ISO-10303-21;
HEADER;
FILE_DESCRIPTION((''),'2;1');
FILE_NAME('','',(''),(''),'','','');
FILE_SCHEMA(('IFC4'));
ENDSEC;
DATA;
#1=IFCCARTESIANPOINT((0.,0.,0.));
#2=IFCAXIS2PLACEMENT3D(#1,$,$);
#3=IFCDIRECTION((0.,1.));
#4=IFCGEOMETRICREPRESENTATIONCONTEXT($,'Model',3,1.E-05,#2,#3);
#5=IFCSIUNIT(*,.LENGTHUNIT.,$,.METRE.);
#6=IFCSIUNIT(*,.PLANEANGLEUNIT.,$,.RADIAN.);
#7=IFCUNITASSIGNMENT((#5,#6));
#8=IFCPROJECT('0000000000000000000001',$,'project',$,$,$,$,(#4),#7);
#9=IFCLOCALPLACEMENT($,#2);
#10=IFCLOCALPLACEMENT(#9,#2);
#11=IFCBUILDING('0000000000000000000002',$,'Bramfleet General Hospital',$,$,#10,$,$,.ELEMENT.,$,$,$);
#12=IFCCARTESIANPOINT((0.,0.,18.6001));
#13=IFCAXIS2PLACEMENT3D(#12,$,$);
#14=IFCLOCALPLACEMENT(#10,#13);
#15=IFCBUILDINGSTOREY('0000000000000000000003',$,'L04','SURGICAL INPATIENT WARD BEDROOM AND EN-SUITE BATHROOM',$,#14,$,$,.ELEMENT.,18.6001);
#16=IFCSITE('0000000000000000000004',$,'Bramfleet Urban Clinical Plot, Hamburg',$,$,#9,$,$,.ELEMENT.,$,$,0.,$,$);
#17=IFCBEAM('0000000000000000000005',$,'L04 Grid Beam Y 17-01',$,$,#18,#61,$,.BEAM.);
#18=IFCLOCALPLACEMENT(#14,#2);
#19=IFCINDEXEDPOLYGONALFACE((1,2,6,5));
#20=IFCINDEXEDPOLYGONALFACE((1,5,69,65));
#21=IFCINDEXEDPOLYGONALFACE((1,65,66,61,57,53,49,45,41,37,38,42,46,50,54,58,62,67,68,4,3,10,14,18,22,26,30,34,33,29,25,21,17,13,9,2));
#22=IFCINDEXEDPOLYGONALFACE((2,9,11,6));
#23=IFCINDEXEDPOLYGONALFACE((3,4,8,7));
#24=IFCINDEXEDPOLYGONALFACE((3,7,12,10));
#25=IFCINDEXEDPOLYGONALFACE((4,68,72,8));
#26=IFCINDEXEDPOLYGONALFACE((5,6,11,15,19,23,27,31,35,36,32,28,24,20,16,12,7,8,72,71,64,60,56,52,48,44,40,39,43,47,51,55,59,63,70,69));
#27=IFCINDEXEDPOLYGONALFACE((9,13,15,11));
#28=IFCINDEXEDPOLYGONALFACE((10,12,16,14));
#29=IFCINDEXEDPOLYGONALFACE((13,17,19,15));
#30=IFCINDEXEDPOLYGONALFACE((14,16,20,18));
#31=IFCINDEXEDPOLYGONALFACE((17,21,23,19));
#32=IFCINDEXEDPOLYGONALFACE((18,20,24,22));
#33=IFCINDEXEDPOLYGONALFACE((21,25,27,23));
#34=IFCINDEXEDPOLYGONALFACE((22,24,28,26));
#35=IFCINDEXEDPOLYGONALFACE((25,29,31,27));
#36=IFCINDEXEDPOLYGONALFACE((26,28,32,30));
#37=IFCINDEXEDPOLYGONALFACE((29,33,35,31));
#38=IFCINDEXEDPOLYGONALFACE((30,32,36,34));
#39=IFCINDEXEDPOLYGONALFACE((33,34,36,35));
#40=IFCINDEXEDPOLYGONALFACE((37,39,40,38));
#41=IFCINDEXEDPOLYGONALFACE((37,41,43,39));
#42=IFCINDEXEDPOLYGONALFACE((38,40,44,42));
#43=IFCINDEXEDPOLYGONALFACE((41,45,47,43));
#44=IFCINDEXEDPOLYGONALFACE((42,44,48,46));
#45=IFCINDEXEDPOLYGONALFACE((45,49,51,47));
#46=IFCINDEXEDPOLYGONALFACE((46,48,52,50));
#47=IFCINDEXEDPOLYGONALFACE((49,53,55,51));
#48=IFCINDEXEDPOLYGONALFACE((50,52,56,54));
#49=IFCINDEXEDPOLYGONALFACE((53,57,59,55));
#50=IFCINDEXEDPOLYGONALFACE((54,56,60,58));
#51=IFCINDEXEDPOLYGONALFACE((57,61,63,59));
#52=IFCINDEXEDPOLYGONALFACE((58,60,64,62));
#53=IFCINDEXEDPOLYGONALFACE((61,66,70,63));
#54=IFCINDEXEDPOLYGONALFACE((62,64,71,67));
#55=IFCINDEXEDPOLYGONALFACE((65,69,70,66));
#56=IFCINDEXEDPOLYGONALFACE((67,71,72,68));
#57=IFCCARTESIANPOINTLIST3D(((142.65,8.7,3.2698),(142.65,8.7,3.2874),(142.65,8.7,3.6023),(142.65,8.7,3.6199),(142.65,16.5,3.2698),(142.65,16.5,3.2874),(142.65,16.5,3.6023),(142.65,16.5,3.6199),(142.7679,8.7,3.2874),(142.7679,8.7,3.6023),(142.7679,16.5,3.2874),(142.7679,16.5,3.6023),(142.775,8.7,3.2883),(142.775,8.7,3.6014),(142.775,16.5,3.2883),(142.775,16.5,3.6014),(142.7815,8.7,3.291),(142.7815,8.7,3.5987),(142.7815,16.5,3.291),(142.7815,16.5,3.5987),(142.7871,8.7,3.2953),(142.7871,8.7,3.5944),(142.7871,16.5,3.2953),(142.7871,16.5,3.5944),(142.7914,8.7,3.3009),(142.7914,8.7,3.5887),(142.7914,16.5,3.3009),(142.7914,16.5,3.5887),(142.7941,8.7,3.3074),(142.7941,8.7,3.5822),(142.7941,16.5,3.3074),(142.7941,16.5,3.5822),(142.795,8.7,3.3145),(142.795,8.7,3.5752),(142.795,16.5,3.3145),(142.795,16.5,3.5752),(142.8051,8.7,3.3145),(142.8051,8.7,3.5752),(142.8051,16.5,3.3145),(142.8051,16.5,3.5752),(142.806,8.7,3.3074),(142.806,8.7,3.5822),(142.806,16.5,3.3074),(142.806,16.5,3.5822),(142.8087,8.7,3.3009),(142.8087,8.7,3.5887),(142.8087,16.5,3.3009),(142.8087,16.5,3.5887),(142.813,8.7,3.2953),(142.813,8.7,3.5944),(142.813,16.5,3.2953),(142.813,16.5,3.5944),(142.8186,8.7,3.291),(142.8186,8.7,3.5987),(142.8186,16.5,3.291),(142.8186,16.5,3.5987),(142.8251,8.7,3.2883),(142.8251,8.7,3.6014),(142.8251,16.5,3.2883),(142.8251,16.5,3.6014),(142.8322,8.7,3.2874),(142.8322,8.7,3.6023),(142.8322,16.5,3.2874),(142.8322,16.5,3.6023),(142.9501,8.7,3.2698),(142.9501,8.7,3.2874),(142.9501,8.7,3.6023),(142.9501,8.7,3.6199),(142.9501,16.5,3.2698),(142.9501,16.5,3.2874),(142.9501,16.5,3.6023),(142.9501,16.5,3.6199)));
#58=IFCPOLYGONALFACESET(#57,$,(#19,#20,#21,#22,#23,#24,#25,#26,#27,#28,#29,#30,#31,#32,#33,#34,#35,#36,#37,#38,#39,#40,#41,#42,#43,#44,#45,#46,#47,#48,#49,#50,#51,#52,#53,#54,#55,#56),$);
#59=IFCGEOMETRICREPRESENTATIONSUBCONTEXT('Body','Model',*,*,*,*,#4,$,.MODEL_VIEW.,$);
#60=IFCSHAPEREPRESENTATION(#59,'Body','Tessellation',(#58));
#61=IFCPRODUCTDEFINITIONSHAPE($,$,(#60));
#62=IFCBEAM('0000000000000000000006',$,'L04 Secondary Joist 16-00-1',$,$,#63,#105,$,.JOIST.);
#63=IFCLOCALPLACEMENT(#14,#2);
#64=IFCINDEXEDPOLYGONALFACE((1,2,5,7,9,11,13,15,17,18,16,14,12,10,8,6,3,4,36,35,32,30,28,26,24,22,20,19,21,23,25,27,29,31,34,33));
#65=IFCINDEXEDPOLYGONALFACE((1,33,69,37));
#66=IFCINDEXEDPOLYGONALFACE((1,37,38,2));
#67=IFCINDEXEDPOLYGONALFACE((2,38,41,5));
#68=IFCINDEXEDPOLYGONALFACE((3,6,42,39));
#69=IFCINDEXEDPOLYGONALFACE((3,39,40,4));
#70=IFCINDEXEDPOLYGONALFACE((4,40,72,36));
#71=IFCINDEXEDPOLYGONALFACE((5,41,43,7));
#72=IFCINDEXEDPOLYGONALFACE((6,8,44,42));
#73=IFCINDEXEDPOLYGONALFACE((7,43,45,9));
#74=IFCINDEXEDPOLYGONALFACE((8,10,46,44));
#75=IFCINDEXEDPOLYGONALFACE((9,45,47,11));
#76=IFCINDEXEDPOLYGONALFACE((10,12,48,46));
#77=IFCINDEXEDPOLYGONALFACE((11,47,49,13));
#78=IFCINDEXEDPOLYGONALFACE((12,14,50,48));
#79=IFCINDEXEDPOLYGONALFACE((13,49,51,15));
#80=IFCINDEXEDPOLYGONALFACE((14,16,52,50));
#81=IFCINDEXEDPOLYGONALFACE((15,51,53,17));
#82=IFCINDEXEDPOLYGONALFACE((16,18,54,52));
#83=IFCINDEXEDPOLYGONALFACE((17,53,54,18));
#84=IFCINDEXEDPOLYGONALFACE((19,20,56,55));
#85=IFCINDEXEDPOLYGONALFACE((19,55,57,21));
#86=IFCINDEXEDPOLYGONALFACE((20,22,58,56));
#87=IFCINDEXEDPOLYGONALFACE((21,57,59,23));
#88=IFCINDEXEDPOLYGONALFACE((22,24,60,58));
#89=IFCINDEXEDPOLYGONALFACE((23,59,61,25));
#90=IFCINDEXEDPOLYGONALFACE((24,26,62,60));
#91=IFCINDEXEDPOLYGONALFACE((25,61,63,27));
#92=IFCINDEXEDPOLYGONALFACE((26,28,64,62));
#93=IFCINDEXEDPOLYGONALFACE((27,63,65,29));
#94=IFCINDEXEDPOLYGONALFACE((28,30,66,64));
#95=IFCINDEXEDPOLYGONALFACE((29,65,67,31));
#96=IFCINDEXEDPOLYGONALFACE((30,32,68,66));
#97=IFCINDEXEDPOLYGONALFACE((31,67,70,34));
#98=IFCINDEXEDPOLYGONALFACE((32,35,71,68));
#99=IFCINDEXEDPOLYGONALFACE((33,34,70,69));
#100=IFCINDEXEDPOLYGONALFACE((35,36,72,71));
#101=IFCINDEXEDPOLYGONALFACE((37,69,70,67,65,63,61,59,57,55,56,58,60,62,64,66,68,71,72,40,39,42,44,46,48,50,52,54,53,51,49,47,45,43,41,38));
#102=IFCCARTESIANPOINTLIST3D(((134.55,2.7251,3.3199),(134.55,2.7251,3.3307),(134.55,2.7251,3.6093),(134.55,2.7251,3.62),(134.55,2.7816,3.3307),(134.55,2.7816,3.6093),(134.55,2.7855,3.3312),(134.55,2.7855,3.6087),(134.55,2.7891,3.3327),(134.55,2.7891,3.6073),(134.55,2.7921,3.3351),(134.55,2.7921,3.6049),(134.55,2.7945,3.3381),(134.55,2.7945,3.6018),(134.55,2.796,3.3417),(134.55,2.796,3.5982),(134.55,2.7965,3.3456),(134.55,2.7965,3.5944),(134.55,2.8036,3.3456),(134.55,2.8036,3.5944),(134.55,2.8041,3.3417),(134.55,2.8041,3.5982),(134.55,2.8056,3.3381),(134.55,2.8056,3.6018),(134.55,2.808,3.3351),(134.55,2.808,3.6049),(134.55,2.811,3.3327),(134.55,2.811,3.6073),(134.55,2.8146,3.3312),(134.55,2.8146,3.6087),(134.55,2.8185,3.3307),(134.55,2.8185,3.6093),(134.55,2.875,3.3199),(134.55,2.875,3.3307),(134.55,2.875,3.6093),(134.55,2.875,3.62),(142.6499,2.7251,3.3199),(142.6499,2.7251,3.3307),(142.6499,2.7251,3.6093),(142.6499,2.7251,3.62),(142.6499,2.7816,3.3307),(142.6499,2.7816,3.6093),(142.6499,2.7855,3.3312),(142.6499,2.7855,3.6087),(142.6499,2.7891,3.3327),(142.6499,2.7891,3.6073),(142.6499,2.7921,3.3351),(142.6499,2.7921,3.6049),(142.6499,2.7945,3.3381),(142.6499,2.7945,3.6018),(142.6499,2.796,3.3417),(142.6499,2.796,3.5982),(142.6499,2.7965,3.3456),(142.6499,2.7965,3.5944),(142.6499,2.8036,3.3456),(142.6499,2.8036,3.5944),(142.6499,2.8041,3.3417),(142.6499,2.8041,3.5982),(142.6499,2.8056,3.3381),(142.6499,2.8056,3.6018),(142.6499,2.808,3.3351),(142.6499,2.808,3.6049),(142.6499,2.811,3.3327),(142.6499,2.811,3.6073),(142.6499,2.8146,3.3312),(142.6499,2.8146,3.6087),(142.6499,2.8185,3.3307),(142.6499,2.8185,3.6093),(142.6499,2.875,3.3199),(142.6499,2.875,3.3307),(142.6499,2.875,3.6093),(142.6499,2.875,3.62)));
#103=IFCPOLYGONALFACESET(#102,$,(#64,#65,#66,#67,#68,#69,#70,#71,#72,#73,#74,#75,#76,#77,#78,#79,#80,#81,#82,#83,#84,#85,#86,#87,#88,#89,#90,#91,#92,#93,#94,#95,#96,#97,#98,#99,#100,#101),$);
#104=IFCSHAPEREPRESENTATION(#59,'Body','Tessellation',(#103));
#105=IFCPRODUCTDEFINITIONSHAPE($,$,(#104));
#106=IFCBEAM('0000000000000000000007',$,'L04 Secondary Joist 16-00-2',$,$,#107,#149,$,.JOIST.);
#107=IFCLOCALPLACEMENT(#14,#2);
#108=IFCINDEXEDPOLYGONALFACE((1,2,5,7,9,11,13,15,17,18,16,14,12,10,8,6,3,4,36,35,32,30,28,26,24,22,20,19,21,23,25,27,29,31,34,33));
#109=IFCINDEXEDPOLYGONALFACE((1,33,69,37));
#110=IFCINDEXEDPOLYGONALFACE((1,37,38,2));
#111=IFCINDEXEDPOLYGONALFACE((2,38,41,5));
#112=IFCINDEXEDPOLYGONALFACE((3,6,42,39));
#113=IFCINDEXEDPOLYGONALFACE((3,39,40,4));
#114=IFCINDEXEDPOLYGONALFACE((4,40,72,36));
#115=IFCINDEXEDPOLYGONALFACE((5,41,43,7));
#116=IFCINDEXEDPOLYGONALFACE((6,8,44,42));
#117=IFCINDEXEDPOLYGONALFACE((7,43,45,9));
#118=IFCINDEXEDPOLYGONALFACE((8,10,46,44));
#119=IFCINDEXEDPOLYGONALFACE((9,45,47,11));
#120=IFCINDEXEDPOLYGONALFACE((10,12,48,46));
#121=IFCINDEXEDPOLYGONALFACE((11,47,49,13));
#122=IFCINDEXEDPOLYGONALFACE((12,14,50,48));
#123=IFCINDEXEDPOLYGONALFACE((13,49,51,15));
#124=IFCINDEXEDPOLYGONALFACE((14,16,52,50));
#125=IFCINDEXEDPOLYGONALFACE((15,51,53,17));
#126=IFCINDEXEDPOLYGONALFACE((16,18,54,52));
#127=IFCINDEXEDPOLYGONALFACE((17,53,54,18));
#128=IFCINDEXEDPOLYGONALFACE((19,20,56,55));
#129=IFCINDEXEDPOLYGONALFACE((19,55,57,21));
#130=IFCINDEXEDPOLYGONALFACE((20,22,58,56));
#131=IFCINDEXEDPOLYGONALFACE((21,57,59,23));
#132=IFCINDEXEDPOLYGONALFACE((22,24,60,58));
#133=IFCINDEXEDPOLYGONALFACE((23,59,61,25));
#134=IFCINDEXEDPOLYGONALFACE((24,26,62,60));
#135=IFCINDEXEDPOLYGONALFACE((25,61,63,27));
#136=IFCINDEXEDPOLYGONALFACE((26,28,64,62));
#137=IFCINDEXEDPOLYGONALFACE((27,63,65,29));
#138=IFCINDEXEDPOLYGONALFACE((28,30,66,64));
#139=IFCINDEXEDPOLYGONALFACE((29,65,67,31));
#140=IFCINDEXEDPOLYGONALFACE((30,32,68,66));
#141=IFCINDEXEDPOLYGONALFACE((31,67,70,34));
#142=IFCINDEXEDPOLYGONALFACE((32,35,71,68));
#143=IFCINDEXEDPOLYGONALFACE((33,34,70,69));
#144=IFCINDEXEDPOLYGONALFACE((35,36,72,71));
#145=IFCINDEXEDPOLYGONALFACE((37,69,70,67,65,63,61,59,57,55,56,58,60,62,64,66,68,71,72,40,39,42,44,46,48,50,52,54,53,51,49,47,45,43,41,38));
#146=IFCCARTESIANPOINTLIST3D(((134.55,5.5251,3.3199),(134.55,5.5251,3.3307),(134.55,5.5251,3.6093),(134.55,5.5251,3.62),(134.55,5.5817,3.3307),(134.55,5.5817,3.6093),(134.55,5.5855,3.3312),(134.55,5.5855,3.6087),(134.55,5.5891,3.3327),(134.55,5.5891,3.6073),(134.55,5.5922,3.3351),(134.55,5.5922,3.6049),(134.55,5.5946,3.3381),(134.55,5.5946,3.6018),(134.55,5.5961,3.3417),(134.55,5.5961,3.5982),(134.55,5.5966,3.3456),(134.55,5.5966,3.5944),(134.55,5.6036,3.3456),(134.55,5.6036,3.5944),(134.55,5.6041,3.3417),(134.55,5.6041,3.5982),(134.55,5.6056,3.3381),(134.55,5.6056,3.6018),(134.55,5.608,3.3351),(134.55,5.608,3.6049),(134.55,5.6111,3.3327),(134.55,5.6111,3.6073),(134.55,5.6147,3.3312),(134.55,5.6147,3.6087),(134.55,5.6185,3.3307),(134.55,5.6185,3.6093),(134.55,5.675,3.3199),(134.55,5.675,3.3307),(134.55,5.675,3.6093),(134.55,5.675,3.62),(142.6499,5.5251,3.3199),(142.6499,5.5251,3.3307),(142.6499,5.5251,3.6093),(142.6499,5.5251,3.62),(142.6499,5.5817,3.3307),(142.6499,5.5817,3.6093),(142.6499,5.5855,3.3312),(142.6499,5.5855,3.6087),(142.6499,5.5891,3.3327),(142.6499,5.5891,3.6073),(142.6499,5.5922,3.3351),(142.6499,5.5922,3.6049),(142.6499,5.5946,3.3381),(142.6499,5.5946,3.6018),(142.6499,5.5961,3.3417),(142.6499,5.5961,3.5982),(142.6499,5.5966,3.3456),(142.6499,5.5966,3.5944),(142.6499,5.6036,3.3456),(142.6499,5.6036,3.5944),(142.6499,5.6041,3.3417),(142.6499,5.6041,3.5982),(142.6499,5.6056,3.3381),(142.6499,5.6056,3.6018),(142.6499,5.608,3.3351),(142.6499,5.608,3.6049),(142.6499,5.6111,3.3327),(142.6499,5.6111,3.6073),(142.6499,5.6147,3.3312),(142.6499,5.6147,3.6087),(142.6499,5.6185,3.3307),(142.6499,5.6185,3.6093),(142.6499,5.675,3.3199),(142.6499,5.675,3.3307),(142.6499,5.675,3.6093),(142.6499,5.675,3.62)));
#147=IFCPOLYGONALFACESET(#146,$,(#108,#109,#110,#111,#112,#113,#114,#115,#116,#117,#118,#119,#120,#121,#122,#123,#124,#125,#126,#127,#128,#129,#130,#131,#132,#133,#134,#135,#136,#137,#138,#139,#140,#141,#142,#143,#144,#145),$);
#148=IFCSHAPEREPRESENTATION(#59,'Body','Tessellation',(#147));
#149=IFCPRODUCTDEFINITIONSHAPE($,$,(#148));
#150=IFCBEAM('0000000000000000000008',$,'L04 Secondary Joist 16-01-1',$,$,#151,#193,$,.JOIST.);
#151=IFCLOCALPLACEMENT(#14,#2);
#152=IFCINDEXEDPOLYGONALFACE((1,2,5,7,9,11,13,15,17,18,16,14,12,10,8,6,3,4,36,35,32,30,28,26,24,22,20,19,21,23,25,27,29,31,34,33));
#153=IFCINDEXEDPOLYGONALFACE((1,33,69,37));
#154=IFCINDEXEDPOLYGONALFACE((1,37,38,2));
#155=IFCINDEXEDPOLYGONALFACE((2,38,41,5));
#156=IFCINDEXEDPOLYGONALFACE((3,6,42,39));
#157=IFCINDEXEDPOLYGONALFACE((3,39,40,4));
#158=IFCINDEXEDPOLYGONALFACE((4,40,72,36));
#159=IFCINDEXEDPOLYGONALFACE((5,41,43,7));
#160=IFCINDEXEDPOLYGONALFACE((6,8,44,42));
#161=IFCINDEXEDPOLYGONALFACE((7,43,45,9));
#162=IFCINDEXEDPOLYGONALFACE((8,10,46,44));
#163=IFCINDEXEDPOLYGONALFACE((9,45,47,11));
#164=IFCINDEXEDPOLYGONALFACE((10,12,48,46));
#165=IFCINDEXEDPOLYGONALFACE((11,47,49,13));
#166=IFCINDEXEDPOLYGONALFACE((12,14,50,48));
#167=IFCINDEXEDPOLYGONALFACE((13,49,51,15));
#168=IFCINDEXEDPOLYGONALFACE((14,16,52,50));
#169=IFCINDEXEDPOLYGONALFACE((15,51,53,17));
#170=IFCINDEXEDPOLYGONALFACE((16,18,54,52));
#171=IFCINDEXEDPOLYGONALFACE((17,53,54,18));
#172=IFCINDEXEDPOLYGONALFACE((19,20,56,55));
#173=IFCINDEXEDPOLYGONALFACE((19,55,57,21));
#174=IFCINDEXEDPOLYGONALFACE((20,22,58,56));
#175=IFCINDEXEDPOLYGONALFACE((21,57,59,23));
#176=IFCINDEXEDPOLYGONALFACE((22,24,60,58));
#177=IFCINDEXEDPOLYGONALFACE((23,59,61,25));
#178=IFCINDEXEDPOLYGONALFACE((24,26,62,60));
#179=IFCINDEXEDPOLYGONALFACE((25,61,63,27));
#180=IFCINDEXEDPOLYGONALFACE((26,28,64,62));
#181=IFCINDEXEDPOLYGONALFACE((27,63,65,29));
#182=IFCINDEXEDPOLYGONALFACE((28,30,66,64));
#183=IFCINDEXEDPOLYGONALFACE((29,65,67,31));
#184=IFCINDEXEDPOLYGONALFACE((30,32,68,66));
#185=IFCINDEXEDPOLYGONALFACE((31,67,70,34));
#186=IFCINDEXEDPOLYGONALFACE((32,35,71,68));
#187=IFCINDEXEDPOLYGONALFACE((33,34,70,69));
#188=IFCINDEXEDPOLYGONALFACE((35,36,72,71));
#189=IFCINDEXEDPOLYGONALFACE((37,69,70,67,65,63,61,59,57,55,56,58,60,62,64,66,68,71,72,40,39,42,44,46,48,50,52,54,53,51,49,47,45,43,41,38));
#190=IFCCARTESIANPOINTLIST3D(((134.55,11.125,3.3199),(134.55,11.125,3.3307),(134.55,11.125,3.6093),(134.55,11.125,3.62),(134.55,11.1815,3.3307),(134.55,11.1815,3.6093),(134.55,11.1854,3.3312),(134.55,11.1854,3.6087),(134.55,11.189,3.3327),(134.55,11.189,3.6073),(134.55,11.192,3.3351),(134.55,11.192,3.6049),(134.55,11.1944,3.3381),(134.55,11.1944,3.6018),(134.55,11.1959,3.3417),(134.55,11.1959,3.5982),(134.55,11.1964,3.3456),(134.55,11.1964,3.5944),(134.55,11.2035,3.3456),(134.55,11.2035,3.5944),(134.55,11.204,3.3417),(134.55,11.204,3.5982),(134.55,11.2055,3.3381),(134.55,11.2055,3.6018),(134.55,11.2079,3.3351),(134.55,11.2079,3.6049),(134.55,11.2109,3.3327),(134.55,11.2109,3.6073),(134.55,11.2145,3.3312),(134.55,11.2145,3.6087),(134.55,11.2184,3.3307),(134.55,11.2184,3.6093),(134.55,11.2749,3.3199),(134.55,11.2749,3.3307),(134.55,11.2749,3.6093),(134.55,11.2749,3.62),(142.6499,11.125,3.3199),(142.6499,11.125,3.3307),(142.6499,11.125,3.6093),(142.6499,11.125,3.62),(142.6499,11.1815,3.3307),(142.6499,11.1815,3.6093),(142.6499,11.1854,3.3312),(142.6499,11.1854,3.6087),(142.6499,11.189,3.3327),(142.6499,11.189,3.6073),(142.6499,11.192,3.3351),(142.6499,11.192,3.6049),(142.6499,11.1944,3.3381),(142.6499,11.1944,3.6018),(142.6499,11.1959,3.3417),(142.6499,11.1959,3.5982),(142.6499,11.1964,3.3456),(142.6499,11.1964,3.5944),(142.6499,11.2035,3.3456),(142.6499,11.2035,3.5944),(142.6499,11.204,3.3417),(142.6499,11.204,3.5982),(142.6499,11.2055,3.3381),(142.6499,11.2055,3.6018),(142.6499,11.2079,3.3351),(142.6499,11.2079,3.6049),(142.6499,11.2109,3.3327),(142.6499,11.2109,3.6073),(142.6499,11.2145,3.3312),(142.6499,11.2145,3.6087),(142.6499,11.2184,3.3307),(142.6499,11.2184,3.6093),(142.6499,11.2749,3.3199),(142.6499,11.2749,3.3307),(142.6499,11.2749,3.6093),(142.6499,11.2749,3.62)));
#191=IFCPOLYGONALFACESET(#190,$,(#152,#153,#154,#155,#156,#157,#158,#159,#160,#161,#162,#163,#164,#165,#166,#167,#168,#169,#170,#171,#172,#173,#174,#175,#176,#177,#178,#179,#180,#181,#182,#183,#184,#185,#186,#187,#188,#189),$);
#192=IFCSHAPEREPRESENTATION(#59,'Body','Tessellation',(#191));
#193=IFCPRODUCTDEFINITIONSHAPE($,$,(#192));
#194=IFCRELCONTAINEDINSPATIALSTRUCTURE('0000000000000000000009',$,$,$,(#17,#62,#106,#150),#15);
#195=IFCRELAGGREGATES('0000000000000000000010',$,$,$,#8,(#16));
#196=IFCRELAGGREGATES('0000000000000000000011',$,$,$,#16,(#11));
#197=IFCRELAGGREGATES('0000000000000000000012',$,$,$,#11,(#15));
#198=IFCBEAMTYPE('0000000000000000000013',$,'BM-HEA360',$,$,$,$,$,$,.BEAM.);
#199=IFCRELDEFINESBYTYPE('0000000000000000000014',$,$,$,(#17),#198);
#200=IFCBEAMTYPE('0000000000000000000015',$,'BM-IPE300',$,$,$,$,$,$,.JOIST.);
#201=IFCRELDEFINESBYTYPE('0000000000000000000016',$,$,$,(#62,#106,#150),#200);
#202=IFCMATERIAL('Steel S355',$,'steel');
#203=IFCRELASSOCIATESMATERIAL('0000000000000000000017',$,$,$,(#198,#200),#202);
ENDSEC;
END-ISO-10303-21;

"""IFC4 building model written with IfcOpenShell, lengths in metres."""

from ifc_helpers import new_model, si_unit, direction, frame, origin, origin_2d, place, context, subcontext, project, spatial, i_section, extrude, material, material_profile, profile_set, type_object, element, save


model = new_model("IFC4")

# Units and contexts
model_context = context("Model", 3, precision=1e-05, world=origin(), true_north=direction((0.0, 1.0)))
body_context = subcontext(model_context, "Body", "Model", "MODEL_VIEW")
ifc_project = project(units=[si_unit("LENGTHUNIT", "METRE"), si_unit("PLANEANGLEUNIT", "RADIAN")], contexts=[model_context])

# Site, building, storey
site_placement = place(None, origin())
site = spatial("IfcSite", under=ifc_project, at=site_placement, Name="Bramfleet Urban Clinical Plot, Hamburg", CompositionType="ELEMENT", RefElevation=0.0)
building_placement = place(site_placement, origin())
building = spatial("IfcBuilding", under=site, at=building_placement, Name="Bramfleet General Hospital", CompositionType="ELEMENT")
storey_placement = place(building_placement, frame((0.0, 0.0, 18.6001)))
storey = spatial("IfcBuildingStorey", under=building, at=storey_placement, Name="L04", Description="SURGICAL INPATIENT WARD BEDROOM AND EN-SUITE BATHROOM", CompositionType="ELEMENT", Elevation=18.6001)

# Beams
ifc_material_1 = material(Name="Steel S355", Category="steel")
ifc_material_profile_1 = material_profile(ifc_material_1, i_section(OverallWidth=0.3, OverallDepth=0.3501, WebThickness=0.01, FlangeThickness=0.0176, FilletRadius=0.0271, at=origin_2d()), Name="HEA 360")
ifc_profile_set_1 = profile_set([ifc_material_profile_1], Name="Steel S355")
beam_type_1 = type_object("IfcBeamType", Name="BM-HEA360", PredefinedType="BEAM", material=ifc_profile_set_1)
for number, where, z_axis, x_axis, name in (
    (1, (142.8, 8.7, 3.4448), (0.0, 1.0, 0.0), (-1.0, 0.0, 0.0), "L04 Grid Beam Y 17-01"),
):
    element("IfcBeam", number, at=place(storey_placement, frame(where, z_axis=z_axis, x_axis=x_axis)), inside=storey, type_object=beam_type_1, Name=name, PredefinedType="BEAM", context=body_context, shape_type="SweptSolid", body=[
        extrude(i_section(OverallWidth=0.3, OverallDepth=0.3501, WebThickness=0.01, FlangeThickness=0.0176, FilletRadius=0.0271, at=origin_2d()), origin(), (0.0, 0.0, 1.0), 7.8),
    ])
ifc_material_profile_2 = material_profile(ifc_material_1, i_section(OverallWidth=0.1499, OverallDepth=0.3, WebThickness=0.0071, FlangeThickness=0.0107, FilletRadius=0.0149, at=origin_2d()), Name="IPE 300")
ifc_profile_set_2 = profile_set([ifc_material_profile_2], Name="Steel S355")
beam_type_2 = type_object("IfcBeamType", Name="BM-IPE300", PredefinedType="JOIST", material=ifc_profile_set_2)
for number, where, z_axis, x_axis, name in (
    (2, (134.55, 2.8, 3.47), (1.0, 0.0, 0.0), (0.0, 1.0, 0.0), "L04 Secondary Joist 16-00-1"),
    (3, (134.55, 5.6001, 3.47), (1.0, 0.0, 0.0), (0.0, 1.0, 0.0), "L04 Secondary Joist 16-00-2"),
    (4, (134.55, 11.2, 3.47), (1.0, 0.0, 0.0), (0.0, 1.0, 0.0), "L04 Secondary Joist 16-01-1"),
):
    element("IfcBeam", number, at=place(storey_placement, frame(where, z_axis=z_axis, x_axis=x_axis)), inside=storey, type_object=beam_type_2, Name=name, PredefinedType="JOIST", context=body_context, shape_type="SweptSolid", body=[
        extrude(i_section(OverallWidth=0.1499, OverallDepth=0.3, WebThickness=0.0071, FlangeThickness=0.0107, FilletRadius=0.0149, at=origin_2d()), origin(), (0.0, 0.0, 1.0), 8.0999),
    ])

save(model, "model.ifc")
